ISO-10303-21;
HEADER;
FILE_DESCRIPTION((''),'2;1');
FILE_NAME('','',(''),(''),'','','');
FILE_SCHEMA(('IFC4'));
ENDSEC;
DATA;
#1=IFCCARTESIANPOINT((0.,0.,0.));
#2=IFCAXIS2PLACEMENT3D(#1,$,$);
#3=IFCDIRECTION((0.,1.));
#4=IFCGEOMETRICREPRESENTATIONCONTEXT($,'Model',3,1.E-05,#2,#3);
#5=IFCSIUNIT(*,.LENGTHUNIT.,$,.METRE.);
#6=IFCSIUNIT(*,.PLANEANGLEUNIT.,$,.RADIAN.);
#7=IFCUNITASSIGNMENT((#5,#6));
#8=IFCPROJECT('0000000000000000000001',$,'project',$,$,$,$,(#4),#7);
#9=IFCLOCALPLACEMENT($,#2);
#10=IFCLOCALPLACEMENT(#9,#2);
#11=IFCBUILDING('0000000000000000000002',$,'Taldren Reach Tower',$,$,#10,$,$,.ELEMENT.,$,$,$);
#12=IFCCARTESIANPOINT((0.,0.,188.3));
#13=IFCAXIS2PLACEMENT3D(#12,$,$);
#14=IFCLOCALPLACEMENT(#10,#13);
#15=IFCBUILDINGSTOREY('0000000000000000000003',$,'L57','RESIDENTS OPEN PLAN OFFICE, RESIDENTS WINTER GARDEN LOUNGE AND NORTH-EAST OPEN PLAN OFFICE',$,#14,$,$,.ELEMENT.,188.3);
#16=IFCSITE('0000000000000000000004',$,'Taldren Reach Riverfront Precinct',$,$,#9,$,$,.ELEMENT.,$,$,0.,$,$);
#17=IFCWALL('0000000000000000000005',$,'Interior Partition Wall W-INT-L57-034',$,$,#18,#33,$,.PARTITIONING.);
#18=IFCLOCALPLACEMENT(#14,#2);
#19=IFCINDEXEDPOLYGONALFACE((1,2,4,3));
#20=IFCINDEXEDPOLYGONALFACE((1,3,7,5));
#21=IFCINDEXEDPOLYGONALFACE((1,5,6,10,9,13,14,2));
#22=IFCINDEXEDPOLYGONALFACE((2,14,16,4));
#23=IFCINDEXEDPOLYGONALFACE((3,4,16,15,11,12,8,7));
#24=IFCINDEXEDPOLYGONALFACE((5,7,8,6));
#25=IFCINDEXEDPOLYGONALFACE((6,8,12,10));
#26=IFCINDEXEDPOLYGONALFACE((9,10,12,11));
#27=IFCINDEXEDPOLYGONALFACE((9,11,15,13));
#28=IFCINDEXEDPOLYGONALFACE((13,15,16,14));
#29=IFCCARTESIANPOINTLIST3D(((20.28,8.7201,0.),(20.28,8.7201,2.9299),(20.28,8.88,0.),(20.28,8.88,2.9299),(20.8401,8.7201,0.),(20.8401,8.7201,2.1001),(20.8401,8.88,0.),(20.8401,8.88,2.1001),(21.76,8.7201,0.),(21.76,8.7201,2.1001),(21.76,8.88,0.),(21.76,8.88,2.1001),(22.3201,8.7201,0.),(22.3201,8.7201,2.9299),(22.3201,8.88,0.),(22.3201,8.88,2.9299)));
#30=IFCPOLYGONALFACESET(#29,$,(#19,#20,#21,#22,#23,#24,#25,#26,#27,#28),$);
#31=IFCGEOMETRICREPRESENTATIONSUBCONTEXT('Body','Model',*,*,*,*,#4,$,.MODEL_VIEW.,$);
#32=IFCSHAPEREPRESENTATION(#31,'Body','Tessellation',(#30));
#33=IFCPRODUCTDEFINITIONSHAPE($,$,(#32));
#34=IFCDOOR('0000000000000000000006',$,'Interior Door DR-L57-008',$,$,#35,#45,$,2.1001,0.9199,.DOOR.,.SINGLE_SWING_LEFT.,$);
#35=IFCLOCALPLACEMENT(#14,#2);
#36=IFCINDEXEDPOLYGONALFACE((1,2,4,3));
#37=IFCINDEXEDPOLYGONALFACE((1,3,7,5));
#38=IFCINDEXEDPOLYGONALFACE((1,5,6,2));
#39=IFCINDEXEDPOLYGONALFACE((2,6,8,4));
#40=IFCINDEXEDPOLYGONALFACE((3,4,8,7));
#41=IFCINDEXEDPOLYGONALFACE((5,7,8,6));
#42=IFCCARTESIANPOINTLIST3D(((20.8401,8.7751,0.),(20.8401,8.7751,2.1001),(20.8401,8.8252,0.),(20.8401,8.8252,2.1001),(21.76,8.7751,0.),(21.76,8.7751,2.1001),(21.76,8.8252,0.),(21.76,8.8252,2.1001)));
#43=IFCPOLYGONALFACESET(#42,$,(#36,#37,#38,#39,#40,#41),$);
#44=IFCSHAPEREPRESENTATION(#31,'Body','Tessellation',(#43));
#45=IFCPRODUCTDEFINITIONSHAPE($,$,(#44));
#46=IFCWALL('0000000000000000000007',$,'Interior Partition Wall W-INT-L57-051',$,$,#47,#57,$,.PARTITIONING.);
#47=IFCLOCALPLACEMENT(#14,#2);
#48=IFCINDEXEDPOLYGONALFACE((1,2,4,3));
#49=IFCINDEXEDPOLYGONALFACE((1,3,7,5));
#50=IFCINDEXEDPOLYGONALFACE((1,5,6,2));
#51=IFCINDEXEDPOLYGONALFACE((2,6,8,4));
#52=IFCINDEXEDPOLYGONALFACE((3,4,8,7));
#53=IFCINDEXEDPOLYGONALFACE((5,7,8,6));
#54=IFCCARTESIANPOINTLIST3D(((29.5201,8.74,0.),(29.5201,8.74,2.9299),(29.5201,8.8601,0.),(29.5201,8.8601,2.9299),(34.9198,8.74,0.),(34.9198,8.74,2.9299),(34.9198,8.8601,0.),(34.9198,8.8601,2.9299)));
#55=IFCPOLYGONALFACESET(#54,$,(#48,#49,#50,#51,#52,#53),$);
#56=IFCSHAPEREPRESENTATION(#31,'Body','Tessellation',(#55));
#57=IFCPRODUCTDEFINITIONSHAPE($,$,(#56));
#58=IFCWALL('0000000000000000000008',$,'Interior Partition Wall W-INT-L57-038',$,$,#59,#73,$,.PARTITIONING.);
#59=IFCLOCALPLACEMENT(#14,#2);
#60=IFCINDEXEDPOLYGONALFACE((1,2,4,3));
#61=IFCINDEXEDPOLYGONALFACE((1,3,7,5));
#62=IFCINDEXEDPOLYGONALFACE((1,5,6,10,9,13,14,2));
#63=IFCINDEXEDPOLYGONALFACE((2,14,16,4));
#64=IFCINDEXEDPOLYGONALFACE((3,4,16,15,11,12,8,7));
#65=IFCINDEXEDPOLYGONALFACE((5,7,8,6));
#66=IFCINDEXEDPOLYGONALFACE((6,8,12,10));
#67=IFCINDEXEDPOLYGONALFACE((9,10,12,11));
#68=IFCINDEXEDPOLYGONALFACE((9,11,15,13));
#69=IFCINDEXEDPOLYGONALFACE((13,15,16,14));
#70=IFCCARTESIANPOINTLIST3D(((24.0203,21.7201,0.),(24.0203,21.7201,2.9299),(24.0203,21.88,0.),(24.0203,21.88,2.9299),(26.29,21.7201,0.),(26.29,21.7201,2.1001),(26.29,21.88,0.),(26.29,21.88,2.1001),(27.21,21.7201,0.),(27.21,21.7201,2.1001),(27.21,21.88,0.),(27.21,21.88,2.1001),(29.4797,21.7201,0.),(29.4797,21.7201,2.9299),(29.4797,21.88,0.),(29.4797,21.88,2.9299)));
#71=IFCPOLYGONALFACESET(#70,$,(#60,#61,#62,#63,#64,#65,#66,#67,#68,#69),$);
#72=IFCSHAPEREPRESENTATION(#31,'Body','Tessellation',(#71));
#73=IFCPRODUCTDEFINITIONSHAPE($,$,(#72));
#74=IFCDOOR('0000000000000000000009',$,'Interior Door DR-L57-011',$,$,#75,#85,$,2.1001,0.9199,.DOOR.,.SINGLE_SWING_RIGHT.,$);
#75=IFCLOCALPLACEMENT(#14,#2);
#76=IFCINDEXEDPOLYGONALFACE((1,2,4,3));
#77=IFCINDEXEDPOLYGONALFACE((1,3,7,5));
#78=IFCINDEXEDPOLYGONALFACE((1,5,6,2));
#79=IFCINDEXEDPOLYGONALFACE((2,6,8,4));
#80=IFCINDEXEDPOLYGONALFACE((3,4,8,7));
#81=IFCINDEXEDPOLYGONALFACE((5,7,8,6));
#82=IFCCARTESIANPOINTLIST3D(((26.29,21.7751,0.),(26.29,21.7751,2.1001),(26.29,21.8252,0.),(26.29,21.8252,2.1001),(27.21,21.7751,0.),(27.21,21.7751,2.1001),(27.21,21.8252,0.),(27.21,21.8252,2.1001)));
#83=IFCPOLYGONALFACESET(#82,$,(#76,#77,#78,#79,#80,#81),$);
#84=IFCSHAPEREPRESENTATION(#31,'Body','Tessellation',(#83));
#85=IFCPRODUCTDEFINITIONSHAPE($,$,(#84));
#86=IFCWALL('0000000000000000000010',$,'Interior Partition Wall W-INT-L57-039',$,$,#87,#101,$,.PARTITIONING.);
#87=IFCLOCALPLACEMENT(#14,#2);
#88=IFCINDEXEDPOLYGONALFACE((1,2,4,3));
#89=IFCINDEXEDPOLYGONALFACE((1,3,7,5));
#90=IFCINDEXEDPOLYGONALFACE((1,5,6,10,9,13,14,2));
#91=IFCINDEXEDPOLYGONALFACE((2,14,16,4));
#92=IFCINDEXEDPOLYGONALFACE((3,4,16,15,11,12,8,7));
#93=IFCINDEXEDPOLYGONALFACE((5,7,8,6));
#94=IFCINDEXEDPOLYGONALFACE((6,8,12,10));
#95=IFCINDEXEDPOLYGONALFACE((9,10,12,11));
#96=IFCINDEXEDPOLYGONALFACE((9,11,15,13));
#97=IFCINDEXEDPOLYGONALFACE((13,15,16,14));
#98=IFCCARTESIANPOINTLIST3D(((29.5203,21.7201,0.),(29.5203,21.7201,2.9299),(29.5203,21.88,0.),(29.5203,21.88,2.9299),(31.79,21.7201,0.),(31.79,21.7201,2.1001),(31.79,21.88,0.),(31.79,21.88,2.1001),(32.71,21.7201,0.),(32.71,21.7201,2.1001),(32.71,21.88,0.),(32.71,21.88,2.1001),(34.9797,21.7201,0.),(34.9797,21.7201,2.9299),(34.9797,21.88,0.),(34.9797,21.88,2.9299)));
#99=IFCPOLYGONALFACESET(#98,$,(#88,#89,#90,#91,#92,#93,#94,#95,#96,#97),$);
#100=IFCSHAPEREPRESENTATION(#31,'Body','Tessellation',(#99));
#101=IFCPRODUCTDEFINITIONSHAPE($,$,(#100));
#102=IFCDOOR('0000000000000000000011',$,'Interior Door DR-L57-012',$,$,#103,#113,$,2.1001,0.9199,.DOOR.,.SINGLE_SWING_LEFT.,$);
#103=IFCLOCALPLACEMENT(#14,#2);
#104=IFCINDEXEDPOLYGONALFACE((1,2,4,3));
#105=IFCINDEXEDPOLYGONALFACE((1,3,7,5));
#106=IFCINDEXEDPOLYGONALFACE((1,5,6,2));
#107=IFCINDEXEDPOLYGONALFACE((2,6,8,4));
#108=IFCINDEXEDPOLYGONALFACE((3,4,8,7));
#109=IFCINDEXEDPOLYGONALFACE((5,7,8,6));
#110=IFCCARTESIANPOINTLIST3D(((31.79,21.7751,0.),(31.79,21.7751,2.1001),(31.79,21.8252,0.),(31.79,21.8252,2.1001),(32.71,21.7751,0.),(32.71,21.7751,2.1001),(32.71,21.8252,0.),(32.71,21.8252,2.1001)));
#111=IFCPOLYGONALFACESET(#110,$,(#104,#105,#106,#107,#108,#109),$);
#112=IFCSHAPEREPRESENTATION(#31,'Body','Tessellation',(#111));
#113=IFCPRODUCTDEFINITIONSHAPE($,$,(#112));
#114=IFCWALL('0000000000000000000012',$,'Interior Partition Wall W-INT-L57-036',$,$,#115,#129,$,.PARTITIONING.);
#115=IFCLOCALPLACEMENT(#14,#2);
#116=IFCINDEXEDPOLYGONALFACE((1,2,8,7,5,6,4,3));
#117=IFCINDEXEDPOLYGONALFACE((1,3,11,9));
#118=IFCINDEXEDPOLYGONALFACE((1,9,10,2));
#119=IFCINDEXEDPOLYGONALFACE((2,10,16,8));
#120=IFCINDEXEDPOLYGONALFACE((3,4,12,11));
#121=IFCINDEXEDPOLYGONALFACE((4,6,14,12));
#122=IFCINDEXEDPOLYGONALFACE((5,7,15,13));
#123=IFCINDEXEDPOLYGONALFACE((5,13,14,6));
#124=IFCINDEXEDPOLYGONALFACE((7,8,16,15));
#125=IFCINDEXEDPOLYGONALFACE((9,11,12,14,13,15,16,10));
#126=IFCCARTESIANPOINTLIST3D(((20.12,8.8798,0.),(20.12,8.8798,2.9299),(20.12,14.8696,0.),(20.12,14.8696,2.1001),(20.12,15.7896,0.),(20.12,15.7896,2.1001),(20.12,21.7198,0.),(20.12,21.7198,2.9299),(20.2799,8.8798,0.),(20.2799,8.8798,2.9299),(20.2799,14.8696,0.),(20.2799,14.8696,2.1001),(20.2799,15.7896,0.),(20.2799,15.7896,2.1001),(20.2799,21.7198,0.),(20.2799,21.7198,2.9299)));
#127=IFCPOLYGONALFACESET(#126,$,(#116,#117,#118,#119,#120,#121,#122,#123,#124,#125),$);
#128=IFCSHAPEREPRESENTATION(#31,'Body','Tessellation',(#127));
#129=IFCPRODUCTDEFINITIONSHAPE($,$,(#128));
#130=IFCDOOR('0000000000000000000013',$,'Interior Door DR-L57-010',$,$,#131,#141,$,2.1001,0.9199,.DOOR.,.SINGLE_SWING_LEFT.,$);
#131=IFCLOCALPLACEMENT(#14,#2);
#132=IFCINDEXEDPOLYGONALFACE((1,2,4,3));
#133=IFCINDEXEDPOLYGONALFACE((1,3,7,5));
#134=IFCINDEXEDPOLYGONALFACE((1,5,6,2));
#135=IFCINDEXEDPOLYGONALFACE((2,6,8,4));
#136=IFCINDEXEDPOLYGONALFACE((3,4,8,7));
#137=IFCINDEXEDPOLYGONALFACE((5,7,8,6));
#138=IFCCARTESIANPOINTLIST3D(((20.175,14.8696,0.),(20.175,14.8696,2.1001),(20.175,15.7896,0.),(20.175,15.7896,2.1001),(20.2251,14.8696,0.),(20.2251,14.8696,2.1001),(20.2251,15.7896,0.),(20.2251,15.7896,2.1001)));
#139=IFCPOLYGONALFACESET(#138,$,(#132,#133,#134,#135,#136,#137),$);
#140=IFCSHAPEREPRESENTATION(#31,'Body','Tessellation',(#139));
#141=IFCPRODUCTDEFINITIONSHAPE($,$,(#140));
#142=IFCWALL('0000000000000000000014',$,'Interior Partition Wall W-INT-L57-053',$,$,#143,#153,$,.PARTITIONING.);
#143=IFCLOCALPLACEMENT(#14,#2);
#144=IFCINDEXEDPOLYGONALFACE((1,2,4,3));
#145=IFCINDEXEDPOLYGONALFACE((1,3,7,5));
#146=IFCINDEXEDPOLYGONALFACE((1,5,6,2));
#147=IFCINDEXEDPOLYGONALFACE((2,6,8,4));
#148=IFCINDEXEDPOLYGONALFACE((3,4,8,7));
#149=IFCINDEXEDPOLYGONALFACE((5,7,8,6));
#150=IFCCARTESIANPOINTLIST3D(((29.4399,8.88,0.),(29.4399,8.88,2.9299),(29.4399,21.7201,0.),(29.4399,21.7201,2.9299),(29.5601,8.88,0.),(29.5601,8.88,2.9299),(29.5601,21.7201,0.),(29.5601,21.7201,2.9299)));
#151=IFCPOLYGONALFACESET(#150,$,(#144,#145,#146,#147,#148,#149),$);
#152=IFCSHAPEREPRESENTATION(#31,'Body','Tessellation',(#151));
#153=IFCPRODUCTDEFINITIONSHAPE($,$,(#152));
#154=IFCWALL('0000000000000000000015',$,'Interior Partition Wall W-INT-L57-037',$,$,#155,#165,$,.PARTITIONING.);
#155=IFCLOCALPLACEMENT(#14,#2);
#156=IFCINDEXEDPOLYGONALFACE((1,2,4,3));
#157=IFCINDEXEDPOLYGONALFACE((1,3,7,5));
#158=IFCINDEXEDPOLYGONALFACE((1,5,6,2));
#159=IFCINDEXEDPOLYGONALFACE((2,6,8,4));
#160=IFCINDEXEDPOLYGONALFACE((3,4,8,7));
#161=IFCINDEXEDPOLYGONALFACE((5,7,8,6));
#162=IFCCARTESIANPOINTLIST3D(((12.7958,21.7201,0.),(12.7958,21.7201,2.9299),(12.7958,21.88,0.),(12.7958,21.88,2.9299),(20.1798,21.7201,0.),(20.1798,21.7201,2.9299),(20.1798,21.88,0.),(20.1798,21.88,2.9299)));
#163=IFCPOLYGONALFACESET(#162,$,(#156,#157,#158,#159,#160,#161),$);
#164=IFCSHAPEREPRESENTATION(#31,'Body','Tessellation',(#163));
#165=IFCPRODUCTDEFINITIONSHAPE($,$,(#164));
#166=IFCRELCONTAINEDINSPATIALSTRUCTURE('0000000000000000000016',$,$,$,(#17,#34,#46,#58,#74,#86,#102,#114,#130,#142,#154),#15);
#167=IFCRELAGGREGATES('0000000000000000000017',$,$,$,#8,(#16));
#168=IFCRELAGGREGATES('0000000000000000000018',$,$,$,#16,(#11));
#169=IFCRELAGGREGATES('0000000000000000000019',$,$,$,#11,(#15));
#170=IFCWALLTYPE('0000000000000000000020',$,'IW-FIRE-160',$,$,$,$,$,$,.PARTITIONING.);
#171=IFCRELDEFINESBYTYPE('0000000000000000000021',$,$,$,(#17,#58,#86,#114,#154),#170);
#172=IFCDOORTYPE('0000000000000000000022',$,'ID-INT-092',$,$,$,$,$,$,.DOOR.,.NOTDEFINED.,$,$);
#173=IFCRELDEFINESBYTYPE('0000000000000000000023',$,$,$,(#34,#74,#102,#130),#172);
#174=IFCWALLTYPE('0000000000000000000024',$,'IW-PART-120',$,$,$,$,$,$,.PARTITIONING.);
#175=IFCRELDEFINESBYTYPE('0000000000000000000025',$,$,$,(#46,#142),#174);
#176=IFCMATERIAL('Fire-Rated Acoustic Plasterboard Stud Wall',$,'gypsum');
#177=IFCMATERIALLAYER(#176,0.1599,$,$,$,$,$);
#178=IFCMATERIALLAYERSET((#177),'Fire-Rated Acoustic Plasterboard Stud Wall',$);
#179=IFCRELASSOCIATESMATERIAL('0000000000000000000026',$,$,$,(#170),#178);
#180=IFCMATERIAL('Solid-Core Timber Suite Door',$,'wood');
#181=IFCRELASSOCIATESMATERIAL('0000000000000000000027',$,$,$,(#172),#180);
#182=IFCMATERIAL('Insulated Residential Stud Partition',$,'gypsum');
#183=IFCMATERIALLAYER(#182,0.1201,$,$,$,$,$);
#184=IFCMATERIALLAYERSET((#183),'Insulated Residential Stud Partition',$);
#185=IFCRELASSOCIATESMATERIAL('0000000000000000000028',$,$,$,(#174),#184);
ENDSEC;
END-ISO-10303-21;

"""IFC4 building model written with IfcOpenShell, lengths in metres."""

from ifc_helpers import new_model, si_unit, direction, frame, frame_2d, origin, place, context, subcontext, project, spatial, rectangle, extrude, source, transform, mapped, material, layer, layer_set, type_object, element, fill, save


model = new_model("IFC4")

# Units and contexts
model_context = context("Model", 3, precision=1e-05, world=origin(), true_north=direction((0.0, 1.0)))
body_context = subcontext(model_context, "Body", "Model", "MODEL_VIEW")
ifc_project = project(units=[si_unit("LENGTHUNIT", "METRE"), si_unit("PLANEANGLEUNIT", "RADIAN")], contexts=[model_context])

# Site, building, storey
site_placement = place(None, origin())
site = spatial("IfcSite", under=ifc_project, at=site_placement, Name="Taldren Reach Riverfront Precinct", CompositionType="ELEMENT", RefElevation=0.0)
building_placement = place(site_placement, origin())
building = spatial("IfcBuilding", under=site, at=building_placement, Name="Taldren Reach Tower", CompositionType="ELEMENT")
storey_placement = place(building_placement, frame((0.0, 0.0, 188.3)))
storey = spatial("IfcBuildingStorey", under=building, at=storey_placement, Name="L57", Description="RESIDENTS OPEN PLAN OFFICE, RESIDENTS WINTER GARDEN LOUNGE AND NORTH-EAST OPEN PLAN OFFICE", CompositionType="ELEMENT", Elevation=188.3)

# Wall, opening, door
ifc_material_1 = material(Name="Fire-Rated Acoustic Plasterboard Stud Wall", Category="gypsum")
ifc_layer_1 = layer(ifc_material_1, 0.1599)
ifc_layer_set_1 = layer_set([ifc_layer_1], Name="Fire-Rated Acoustic Plasterboard Stud Wall")
wall_type_1 = type_object("IfcWallType", Name="IW-FIRE-160", PredefinedType="PARTITIONING", material=ifc_layer_set_1)
shared_shape_1 = source(origin(), body_context, "Body", "SweptSolid", [
    extrude(rectangle(XDim=2.04, YDim=0.1599, at=frame_2d((1.02, 0.0))), origin(), (0.0, 0.0, 1.0), 2.9299),
])
wall_1_placement = place(storey_placement, frame((22.3201, 8.8, 0.0), z_axis=(0.0, 0.0, 1.0), x_axis=(-1.0, 0.0, 0.0)))
wall_1 = element("IfcWall", 1, at=wall_1_placement, inside=storey, type_object=wall_type_1, Name="Interior Partition Wall W-INT-L57-034", PredefinedType="PARTITIONING", context=body_context, shape_type="MappedRepresentation", body=[
    mapped(shared_shape_1, transform((0.0, 0.0, 0.0), scale=1.0)),
])
shared_shape_2 = source(origin(), body_context, "Body", "SweptSolid", [
    extrude(rectangle(XDim=0.9199, YDim=2.1001, at=frame_2d((0.46, 1.05))), frame((0.0, 0.0898, 0.0), z_axis=(0.0, -1.0, 0.0), x_axis=(1.0, 0.0, 0.0)), (0.0, 0.0, 1.0), 0.1799),
])
opening_1_placement = place(wall_1_placement, frame((0.5601, 0.0, 0.0)))
opening_1 = element("IfcOpeningElement", 2, at=opening_1_placement, cuts=wall_1, PredefinedType="OPENING", context=body_context, shape_type="MappedRepresentation", body=[
    mapped(shared_shape_2, transform((0.0, 0.0, 0.0), scale=1.0)),
])
ifc_material_2 = material(Name="Solid-Core Timber Suite Door", Category="wood")
door_type = type_object("IfcDoorType", Name="ID-INT-092", OperationType="NOTDEFINED", PredefinedType="DOOR", material=ifc_material_2)
shared_shape_3 = source(origin(), body_context, "Body", "SweptSolid", [
    extrude(rectangle(XDim=0.9199, YDim=2.1001, at=frame_2d((0.46, 1.05))), frame((0.0, 0.0249, 0.0), z_axis=(0.0, -1.0, 0.0), x_axis=(1.0, 0.0, 0.0)), (0.0, 0.0, 1.0), 0.05),
])
door_1_placement = place(opening_1_placement, origin())
door_1 = element("IfcDoor", 3, at=door_1_placement, inside=storey, type_object=door_type, Name="Interior Door DR-L57-008", OperationType="SINGLE_SWING_LEFT", OverallHeight=2.1001, OverallWidth=0.9199, PredefinedType="DOOR", context=body_context, shape_type="MappedRepresentation", body=[
    mapped(shared_shape_3, transform((0.0, 0.0, 0.0), scale=1.0)),
])
fill(opening_1, door_1)

# Wall
ifc_material_3 = material(Name="Insulated Residential Stud Partition", Category="gypsum")
ifc_layer_2 = layer(ifc_material_3, 0.1201)
ifc_layer_set_2 = layer_set([ifc_layer_2], Name="Insulated Residential Stud Partition")
wall_type_2 = type_object("IfcWallType", Name="IW-PART-120", PredefinedType="PARTITIONING", material=ifc_layer_set_2)
shared_shape_4 = source(origin(), body_context, "Body", "SweptSolid", [
    extrude(rectangle(XDim=5.3997, YDim=0.1201, at=frame_2d((2.6997, 0.0))), origin(), (0.0, 0.0, 1.0), 2.9299),
])
wall_2_placement = place(storey_placement, frame((29.5203, 8.8, 0.0), z_axis=(0.0, 0.0, 1.0), x_axis=(1.0, 0.0, 0.0)))
element("IfcWall", 4, at=wall_2_placement, inside=storey, type_object=wall_type_2, Name="Interior Partition Wall W-INT-L57-051", PredefinedType="PARTITIONING", context=body_context, shape_type="MappedRepresentation", body=[
    mapped(shared_shape_4, transform((0.0, 0.0, 0.0), scale=1.0)),
])

# Walls, openings, doors
shared_shape_5 = source(origin(), body_context, "Body", "SweptSolid", [
    extrude(rectangle(XDim=5.4595, YDim=0.1599, at=frame_2d((2.7297, 0.0))), origin(), (0.0, 0.0, 1.0), 2.9299),
])
wall_3_placement = place(storey_placement, frame((29.4797, 21.8, 0.0), z_axis=(0.0, 0.0, 1.0), x_axis=(-1.0, 0.0, 0.0)))
wall_3 = element("IfcWall", 5, at=wall_3_placement, inside=storey, type_object=wall_type_1, Name="Interior Partition Wall W-INT-L57-038", PredefinedType="PARTITIONING", context=body_context, shape_type="MappedRepresentation", body=[
    mapped(shared_shape_5, transform((0.0, 0.0, 0.0), scale=1.0)),
])
opening_2_placement = place(wall_3_placement, frame((2.2698, 0.0, 0.0)))
opening_2 = element("IfcOpeningElement", 6, at=opening_2_placement, cuts=wall_3, PredefinedType="OPENING", context=body_context, shape_type="MappedRepresentation", body=[
    mapped(shared_shape_2, transform((0.0, 0.0, 0.0), scale=1.0)),
])
door_2_placement = place(opening_2_placement, origin())
door_2 = element("IfcDoor", 7, at=door_2_placement, inside=storey, type_object=door_type, Name="Interior Door DR-L57-011", OperationType="SINGLE_SWING_RIGHT", OverallHeight=2.1001, OverallWidth=0.9199, PredefinedType="DOOR", context=body_context, shape_type="MappedRepresentation", body=[
    mapped(shared_shape_3, transform((0.0, 0.0, 0.0), scale=1.0)),
])
fill(opening_2, door_2)
wall_4_placement = place(storey_placement, frame((34.9797, 21.8, 0.0), z_axis=(0.0, 0.0, 1.0), x_axis=(-1.0, 0.0, 0.0)))
wall_4 = element("IfcWall", 8, at=wall_4_placement, inside=storey, type_object=wall_type_1, Name="Interior Partition Wall W-INT-L57-039", PredefinedType="PARTITIONING", context=body_context, shape_type="MappedRepresentation", body=[
    mapped(shared_shape_5, transform((0.0, 0.0, 0.0), scale=1.0)),
])
opening_3_placement = place(wall_4_placement, frame((2.2698, 0.0, 0.0)))
opening_3 = element("IfcOpeningElement", 9, at=opening_3_placement, cuts=wall_4, PredefinedType="OPENING", context=body_context, shape_type="MappedRepresentation", body=[
    mapped(shared_shape_2, transform((0.0, 0.0, 0.0), scale=1.0)),
])
door_3_placement = place(opening_3_placement, origin())
door_3 = element("IfcDoor", 10, at=door_3_placement, inside=storey, type_object=door_type, Name="Interior Door DR-L57-012", OperationType="SINGLE_SWING_LEFT", OverallHeight=2.1001, OverallWidth=0.9199, PredefinedType="DOOR", context=body_context, shape_type="MappedRepresentation", body=[
    mapped(shared_shape_3, transform((0.0, 0.0, 0.0), scale=1.0)),
])
fill(opening_3, door_3)
shared_shape_6 = source(origin(), body_context, "Body", "SweptSolid", [
    extrude(rectangle(XDim=12.8401, YDim=0.1599, at=frame_2d((6.4199, 0.0))), origin(), (0.0, 0.0, 1.0), 2.9299),
])
wall_5_placement = place(storey_placement, frame((20.2, 8.8799, 0.0), z_axis=(0.0, 0.0, 1.0), x_axis=(0.0, 1.0, 0.0)))
wall_5 = element("IfcWall", 11, at=wall_5_placement, inside=storey, type_object=wall_type_1, Name="Interior Partition Wall W-INT-L57-036", PredefinedType="PARTITIONING", context=body_context, shape_type="MappedRepresentation", body=[
    mapped(shared_shape_6, transform((0.0, 0.0, 0.0), scale=1.0)),
])
opening_4_placement = place(wall_5_placement, frame((5.9897, 0.0, 0.0)))
opening_4 = element("IfcOpeningElement", 12, at=opening_4_placement, cuts=wall_5, PredefinedType="OPENING", context=body_context, shape_type="MappedRepresentation", body=[
    mapped(shared_shape_2, transform((0.0, 0.0, 0.0), scale=1.0)),
])
door_4_placement = place(opening_4_placement, origin())
door_4 = element("IfcDoor", 13, at=door_4_placement, inside=storey, type_object=door_type, Name="Interior Door DR-L57-010", OperationType="SINGLE_SWING_LEFT", OverallHeight=2.1001, OverallWidth=0.9199, PredefinedType="DOOR", context=body_context, shape_type="MappedRepresentation", body=[
    mapped(shared_shape_3, transform((0.0, 0.0, 0.0), scale=1.0)),
])
fill(opening_4, door_4)

# Walls
shared_shape_7 = source(origin(), body_context, "Body", "SweptSolid", [
    extrude(rectangle(XDim=12.8401, YDim=0.1201, at=frame_2d((6.4199, 0.0))), origin(), (0.0, 0.0, 1.0), 2.9299),
])
wall_6_placement = place(storey_placement, frame((29.5, 21.72, 0.0), z_axis=(0.0, 0.0, 1.0), x_axis=(0.0, -1.0, 0.0)))
element("IfcWall", 14, at=wall_6_placement, inside=storey, type_object=wall_type_2, Name="Interior Partition Wall W-INT-L57-053", PredefinedType="PARTITIONING", context=body_context, shape_type="MappedRepresentation", body=[
    mapped(shared_shape_7, transform((0.0, 0.0, 0.0), scale=1.0)),
])
shared_shape_8 = source(origin(), body_context, "Body", "SweptSolid", [
    extrude(rectangle(XDim=7.384, YDim=0.1599, at=frame_2d((3.6919, 0.0))), origin(), (0.0, 0.0, 1.0), 2.9299),
])
wall_7_placement = place(storey_placement, frame((20.1797, 21.8, 0.0), z_axis=(0.0, 0.0, 1.0), x_axis=(-1.0, 0.0, 0.0)))
element("IfcWall", 15, at=wall_7_placement, inside=storey, type_object=wall_type_1, Name="Interior Partition Wall W-INT-L57-037", PredefinedType="PARTITIONING", context=body_context, shape_type="MappedRepresentation", body=[
    mapped(shared_shape_8, transform((0.0, 0.0, 0.0), scale=1.0)),
])

save(model, "model.ifc")
